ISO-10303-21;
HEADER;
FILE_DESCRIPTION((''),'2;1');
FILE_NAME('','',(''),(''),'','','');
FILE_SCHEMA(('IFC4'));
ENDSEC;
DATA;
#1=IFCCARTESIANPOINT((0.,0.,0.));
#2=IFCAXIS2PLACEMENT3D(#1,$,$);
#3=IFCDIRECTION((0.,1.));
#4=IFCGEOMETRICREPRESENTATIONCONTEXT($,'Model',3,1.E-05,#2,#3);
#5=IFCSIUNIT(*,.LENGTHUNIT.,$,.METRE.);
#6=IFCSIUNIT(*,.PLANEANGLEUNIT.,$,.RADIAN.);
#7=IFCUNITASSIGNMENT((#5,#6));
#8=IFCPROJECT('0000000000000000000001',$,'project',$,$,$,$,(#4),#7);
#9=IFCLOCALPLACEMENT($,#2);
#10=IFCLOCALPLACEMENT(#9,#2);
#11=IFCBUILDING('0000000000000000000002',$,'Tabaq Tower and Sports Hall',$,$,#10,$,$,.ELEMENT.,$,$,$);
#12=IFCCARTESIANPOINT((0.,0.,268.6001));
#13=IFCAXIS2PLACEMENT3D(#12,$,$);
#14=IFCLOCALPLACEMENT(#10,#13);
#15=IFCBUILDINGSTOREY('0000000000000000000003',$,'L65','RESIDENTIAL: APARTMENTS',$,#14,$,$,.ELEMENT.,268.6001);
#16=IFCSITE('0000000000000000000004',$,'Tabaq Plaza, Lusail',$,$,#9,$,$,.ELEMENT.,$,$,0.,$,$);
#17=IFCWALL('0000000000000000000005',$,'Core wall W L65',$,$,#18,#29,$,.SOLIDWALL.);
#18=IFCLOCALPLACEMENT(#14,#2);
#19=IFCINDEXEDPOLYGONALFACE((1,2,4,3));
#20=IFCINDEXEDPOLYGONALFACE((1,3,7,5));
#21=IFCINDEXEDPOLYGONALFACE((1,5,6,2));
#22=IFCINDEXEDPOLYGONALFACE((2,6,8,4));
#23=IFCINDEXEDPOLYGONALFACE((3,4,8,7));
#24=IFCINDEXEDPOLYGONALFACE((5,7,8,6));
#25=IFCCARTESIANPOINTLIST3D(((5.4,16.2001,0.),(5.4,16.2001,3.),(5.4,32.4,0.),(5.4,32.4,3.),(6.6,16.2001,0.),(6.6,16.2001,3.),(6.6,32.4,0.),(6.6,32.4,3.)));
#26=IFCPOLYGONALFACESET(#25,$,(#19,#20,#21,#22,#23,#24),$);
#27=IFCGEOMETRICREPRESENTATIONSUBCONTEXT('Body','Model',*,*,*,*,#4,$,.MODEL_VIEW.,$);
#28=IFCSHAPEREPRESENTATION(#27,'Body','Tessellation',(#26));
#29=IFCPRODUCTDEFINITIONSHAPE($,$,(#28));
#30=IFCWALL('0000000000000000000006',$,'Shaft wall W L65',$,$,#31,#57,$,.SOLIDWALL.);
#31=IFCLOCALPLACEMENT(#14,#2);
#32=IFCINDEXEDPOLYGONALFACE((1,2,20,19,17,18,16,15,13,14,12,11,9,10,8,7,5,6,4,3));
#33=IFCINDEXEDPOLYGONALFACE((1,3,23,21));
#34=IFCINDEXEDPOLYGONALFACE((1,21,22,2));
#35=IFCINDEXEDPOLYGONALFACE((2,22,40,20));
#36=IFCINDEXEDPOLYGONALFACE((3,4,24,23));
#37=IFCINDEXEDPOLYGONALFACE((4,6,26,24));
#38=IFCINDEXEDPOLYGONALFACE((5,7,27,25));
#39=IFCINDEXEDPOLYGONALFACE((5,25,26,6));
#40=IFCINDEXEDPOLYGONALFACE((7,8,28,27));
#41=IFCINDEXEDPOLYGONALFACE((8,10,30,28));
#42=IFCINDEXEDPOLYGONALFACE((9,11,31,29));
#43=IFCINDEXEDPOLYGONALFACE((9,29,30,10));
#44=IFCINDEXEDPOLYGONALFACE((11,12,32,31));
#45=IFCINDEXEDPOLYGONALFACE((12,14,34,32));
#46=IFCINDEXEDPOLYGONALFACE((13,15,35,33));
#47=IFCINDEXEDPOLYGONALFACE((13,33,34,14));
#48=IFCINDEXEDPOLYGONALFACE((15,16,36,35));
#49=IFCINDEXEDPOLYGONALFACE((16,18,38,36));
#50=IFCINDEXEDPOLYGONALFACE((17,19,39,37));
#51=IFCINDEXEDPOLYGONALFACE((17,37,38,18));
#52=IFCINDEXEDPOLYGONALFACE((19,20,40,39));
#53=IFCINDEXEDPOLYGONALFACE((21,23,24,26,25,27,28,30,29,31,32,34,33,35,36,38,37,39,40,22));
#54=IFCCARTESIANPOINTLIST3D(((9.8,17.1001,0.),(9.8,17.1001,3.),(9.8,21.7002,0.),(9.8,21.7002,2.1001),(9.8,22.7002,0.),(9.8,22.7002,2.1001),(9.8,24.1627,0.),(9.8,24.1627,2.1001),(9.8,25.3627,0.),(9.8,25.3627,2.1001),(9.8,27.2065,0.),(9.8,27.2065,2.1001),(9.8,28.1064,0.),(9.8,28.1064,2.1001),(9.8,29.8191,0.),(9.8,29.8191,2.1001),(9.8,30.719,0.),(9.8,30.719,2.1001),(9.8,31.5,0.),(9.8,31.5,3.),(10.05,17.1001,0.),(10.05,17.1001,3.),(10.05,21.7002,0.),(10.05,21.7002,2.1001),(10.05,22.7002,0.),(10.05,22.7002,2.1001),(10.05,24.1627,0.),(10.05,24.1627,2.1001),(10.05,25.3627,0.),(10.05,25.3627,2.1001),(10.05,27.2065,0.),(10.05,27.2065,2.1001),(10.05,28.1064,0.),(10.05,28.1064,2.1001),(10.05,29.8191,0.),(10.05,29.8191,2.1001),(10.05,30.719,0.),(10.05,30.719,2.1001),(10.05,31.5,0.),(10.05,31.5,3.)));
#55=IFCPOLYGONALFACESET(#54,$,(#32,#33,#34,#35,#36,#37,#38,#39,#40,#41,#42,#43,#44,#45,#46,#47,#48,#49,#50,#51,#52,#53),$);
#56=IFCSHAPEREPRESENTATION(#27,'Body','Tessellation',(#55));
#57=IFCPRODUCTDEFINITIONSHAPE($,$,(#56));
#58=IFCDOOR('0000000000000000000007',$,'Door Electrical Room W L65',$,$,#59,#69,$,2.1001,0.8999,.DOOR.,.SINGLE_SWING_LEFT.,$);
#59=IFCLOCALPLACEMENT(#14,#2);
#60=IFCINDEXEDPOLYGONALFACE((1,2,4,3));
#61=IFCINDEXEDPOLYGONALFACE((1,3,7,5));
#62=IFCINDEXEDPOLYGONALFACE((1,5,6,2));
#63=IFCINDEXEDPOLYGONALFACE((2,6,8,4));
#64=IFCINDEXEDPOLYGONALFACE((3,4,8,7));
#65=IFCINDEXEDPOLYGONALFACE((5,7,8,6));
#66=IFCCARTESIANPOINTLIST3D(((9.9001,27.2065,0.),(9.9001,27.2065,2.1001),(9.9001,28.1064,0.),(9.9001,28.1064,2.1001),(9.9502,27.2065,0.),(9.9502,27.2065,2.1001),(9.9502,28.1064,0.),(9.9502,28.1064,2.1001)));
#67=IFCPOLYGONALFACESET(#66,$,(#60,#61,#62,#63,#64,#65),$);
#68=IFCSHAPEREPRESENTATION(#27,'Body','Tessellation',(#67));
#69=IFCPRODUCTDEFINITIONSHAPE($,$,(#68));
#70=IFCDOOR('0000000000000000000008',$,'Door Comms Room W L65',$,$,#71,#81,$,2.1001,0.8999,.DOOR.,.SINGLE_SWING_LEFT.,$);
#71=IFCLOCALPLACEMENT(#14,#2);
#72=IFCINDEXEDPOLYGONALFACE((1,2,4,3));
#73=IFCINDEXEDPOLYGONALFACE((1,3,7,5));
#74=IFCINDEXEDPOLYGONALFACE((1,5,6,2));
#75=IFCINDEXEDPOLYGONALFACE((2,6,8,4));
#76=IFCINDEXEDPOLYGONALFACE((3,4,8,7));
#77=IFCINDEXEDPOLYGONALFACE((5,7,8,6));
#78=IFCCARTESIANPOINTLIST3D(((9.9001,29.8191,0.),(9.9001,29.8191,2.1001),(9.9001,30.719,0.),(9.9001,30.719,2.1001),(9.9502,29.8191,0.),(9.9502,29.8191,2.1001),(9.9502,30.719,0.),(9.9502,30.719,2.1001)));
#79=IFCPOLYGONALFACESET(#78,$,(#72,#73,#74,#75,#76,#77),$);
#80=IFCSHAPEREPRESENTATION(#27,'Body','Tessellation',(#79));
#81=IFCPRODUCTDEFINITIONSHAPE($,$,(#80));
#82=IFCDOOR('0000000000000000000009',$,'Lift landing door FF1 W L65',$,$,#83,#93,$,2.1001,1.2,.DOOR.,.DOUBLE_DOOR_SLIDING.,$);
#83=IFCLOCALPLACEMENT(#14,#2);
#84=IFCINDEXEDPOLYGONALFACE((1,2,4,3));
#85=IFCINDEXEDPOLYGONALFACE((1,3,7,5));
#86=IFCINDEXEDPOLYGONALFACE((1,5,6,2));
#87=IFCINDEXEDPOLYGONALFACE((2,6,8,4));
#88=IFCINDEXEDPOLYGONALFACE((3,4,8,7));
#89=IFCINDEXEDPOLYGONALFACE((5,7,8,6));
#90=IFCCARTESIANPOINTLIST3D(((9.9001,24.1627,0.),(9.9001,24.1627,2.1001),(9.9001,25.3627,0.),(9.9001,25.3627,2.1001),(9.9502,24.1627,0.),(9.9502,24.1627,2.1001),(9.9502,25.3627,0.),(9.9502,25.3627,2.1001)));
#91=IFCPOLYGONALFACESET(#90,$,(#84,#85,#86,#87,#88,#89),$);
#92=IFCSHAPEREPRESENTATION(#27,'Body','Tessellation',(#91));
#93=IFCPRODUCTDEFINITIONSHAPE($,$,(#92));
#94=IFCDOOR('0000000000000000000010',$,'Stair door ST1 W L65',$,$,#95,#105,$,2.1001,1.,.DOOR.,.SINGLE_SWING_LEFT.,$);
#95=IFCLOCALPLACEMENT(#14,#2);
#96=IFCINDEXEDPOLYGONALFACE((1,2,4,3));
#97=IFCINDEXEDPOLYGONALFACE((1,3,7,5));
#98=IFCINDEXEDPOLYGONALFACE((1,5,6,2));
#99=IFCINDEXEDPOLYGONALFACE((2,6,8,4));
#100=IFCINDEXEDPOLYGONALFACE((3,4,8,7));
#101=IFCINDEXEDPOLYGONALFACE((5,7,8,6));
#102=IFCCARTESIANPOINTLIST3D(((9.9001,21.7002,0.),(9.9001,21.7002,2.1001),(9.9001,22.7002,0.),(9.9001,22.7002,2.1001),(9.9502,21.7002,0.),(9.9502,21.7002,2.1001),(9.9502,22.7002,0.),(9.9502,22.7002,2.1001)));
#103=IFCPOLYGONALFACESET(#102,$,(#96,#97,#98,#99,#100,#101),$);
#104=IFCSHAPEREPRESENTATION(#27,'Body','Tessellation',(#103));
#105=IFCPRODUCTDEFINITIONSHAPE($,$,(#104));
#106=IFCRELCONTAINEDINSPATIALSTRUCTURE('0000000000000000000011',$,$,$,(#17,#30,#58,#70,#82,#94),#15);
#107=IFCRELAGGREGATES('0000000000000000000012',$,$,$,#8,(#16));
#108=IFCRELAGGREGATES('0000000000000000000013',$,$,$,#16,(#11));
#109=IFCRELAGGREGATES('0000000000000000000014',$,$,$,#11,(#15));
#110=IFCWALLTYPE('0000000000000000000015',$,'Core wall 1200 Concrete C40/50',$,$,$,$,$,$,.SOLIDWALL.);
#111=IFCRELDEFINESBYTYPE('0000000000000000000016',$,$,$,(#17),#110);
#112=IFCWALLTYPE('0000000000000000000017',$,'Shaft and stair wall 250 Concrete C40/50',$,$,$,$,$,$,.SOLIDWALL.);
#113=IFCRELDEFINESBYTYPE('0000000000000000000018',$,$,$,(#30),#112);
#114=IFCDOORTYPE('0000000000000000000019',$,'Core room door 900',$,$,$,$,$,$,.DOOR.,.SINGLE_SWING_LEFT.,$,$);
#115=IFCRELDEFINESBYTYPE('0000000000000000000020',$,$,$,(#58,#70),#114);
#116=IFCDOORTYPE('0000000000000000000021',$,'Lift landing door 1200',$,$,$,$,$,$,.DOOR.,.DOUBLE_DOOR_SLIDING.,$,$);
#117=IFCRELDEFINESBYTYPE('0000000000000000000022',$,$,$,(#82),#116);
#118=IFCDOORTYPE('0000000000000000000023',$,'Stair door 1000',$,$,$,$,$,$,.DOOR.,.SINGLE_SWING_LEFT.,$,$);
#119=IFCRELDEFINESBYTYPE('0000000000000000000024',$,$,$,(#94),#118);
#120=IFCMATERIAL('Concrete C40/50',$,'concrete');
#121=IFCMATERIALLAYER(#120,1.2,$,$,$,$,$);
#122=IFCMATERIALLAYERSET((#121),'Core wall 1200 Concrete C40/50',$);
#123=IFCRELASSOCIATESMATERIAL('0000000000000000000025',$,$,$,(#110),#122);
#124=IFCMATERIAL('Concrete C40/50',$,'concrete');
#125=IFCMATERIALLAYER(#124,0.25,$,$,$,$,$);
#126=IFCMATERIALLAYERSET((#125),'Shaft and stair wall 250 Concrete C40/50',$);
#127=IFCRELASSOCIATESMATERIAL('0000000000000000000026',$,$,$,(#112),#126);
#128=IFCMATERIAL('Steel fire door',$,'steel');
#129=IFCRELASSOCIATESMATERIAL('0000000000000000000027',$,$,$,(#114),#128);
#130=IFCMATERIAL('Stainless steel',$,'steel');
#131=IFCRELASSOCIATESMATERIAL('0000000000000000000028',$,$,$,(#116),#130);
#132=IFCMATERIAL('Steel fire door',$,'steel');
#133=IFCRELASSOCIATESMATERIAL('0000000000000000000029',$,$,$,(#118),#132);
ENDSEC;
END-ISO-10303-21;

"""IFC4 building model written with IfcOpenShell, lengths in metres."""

from ifc_helpers import new_model, si_unit, direction, frame, frame_2d, origin, place, context, subcontext, project, spatial, rectangle, extrude, material, layer, layer_set, type_object, element, fill, save


model = new_model("IFC4")

# Units and contexts
model_context = context("Model", 3, precision=1e-05, world=origin(), true_north=direction((0.0, 1.0)))
body_context = subcontext(model_context, "Body", "Model", "MODEL_VIEW")
ifc_project = project(units=[si_unit("LENGTHUNIT", "METRE"), si_unit("PLANEANGLEUNIT", "RADIAN")], contexts=[model_context])

# Site, building, storey
site_placement = place(None, origin())
site = spatial("IfcSite", under=ifc_project, at=site_placement, Name="Tabaq Plaza, Lusail", CompositionType="ELEMENT", RefElevation=0.0)
building_placement = place(site_placement, origin())
building = spatial("IfcBuilding", under=site, at=building_placement, Name="Tabaq Tower and Sports Hall", CompositionType="ELEMENT")
storey_placement = place(building_placement, frame((0.0, 0.0, 268.6001)))
storey = spatial("IfcBuildingStorey", under=building, at=storey_placement, Name="L65", Description="RESIDENTIAL: APARTMENTS", CompositionType="ELEMENT", Elevation=268.6001)

# Wall
ifc_material_1 = material(Name="Concrete C40/50", Category="concrete")
ifc_layer_1 = layer(ifc_material_1, 1.2)
ifc_layer_set_1 = layer_set([ifc_layer_1], Name="Core wall 1200 Concrete C40/50")
wall_type_1 = type_object("IfcWallType", Name="Core wall 1200 Concrete C40/50", PredefinedType="SOLIDWALL", material=ifc_layer_set_1)
wall_1_placement = place(storey_placement, frame((6.0, 16.2, 0.0), z_axis=(0.0, 0.0, 1.0), x_axis=(0.0, 1.0, 0.0)))
element("IfcWall", 1, at=wall_1_placement, inside=storey, type_object=wall_type_1, Name="Core wall W L65", PredefinedType="SOLIDWALL", context=body_context, shape_type="SweptSolid", body=[
    extrude(rectangle(XDim=16.2, YDim=1.2, at=frame_2d((8.1001, 0.0))), origin(), (0.0, 0.0, 1.0), 3.0),
])

# Wall, openings, doors
ifc_material_2 = material(Name="Concrete C40/50", Category="concrete")
ifc_layer_2 = layer(ifc_material_2, 0.25)
ifc_layer_set_2 = layer_set([ifc_layer_2], Name="Shaft and stair wall 250 Concrete C40/50")
wall_type_2 = type_object("IfcWallType", Name="Shaft and stair wall 250 Concrete C40/50", PredefinedType="SOLIDWALL", material=ifc_layer_set_2)
wall_2_placement = place(storey_placement, frame((9.925, 17.1001, 0.0), z_axis=(0.0, 0.0, 1.0), x_axis=(0.0, 1.0, 0.0)))
wall_2 = element("IfcWall", 2, at=wall_2_placement, inside=storey, type_object=wall_type_2, Name="Shaft wall W L65", PredefinedType="SOLIDWALL", context=body_context, shape_type="SweptSolid", body=[
    extrude(rectangle(XDim=14.3999, YDim=0.25, at=frame_2d((7.2, 0.0))), origin(), (0.0, 0.0, 1.0), 3.0),
])
opening_1_placement = place(wall_2_placement, frame((4.6001, 0.0, 0.0)))
opening_1 = element("IfcOpeningElement", 3, at=opening_1_placement, cuts=wall_2, PredefinedType="OPENING", context=body_context, shape_type="SweptSolid", body=[
    extrude(rectangle(XDim=1.0, YDim=2.1001, at=frame_2d((0.5, 1.05))), frame((0.0, 0.125, 0.0), z_axis=(0.0, -1.0, 0.0), x_axis=(1.0, 0.0, 0.0)), (0.0, 0.0, 1.0), 0.25),
])
opening_2_placement = place(wall_2_placement, frame((7.0625, 0.0, 0.0)))
opening_2 = element("IfcOpeningElement", 4, at=opening_2_placement, cuts=wall_2, PredefinedType="OPENING", context=body_context, shape_type="SweptSolid", body=[
    extrude(rectangle(XDim=1.2, YDim=2.1001, at=frame_2d((0.6001, 1.05))), frame((0.0, 0.125, 0.0), z_axis=(0.0, -1.0, 0.0), x_axis=(1.0, 0.0, 0.0)), (0.0, 0.0, 1.0), 0.25),
])
opening_3_placement = place(wall_2_placement, frame((10.1064, 0.0, 0.0)))
opening_3 = element("IfcOpeningElement", 5, at=opening_3_placement, cuts=wall_2, PredefinedType="OPENING", context=body_context, shape_type="SweptSolid", body=[
    extrude(rectangle(XDim=0.8999, YDim=2.1001, at=frame_2d((0.45, 1.05))), frame((0.0, 0.125, 0.0), z_axis=(0.0, -1.0, 0.0), x_axis=(1.0, 0.0, 0.0)), (0.0, 0.0, 1.0), 0.25),
])
opening_4_placement = place(wall_2_placement, frame((12.719, 0.0, 0.0)))
opening_4 = element("IfcOpeningElement", 6, at=opening_4_placement, cuts=wall_2, PredefinedType="OPENING", context=body_context, shape_type="SweptSolid", body=[
    extrude(rectangle(XDim=0.8999, YDim=2.1001, at=frame_2d((0.45, 1.05))), frame((0.0, 0.125, 0.0), z_axis=(0.0, -1.0, 0.0), x_axis=(1.0, 0.0, 0.0)), (0.0, 0.0, 1.0), 0.25),
])
ifc_material_3 = material(Name="Steel fire door", Category="steel")
door_type_1 = type_object("IfcDoorType", Name="Core room door 900", OperationType="SINGLE_SWING_LEFT", PredefinedType="DOOR", material=ifc_material_3)
door_1_placement = place(opening_3_placement, origin())
door_1 = element("IfcDoor", 7, at=door_1_placement, inside=storey, type_object=door_type_1, Name="Door Electrical Room W L65", OperationType="SINGLE_SWING_LEFT", OverallHeight=2.1001, OverallWidth=0.8999, PredefinedType="DOOR", context=body_context, shape_type="SweptSolid", body=[
    extrude(rectangle(XDim=0.8999, YDim=2.1001, at=frame_2d((0.45, 1.05))), frame((0.0, 0.0249, 0.0), z_axis=(0.0, -1.0, 0.0), x_axis=(1.0, 0.0, 0.0)), (0.0, 0.0, 1.0), 0.05),
])
fill(opening_3, door_1)
door_2_placement = place(opening_4_placement, origin())
door_2 = element("IfcDoor", 8, at=door_2_placement, inside=storey, type_object=door_type_1, Name="Door Comms Room W L65", OperationType="SINGLE_SWING_LEFT", OverallHeight=2.1001, OverallWidth=0.8999, PredefinedType="DOOR", context=body_context, shape_type="SweptSolid", body=[
    extrude(rectangle(XDim=0.8999, YDim=2.1001, at=frame_2d((0.45, 1.05))), frame((0.0, 0.0249, 0.0), z_axis=(0.0, -1.0, 0.0), x_axis=(1.0, 0.0, 0.0)), (0.0, 0.0, 1.0), 0.05),
])
fill(opening_4, door_2)
ifc_material_4 = material(Name="Stainless steel", Category="steel")
door_type_2 = type_object("IfcDoorType", Name="Lift landing door 1200", OperationType="DOUBLE_DOOR_SLIDING", PredefinedType="DOOR", material=ifc_material_4)
door_3_placement = place(opening_2_placement, origin())
door_3 = element("IfcDoor", 9, at=door_3_placement, inside=storey, type_object=door_type_2, Name="Lift landing door FF1 W L65", OperationType="DOUBLE_DOOR_SLIDING", OverallHeight=2.1001, OverallWidth=1.2, PredefinedType="DOOR", context=body_context, shape_type="SweptSolid", body=[
    extrude(rectangle(XDim=1.2, YDim=2.1001, at=frame_2d((0.6001, 1.05))), frame((0.0, 0.0249, 0.0), z_axis=(0.0, -1.0, 0.0), x_axis=(1.0, 0.0, 0.0)), (0.0, 0.0, 1.0), 0.05),
])
fill(opening_2, door_3)
ifc_material_5 = material(Name="Steel fire door", Category="steel")
door_type_3 = type_object("IfcDoorType", Name="Stair door 1000", OperationType="SINGLE_SWING_LEFT", PredefinedType="DOOR", material=ifc_material_5)
door_4_placement = place(opening_1_placement, origin())
door_4 = element("IfcDoor", 10, at=door_4_placement, inside=storey, type_object=door_type_3, Name="Stair door ST1 W L65", OperationType="SINGLE_SWING_LEFT", OverallHeight=2.1001, OverallWidth=1.0, PredefinedType="DOOR", context=body_context, shape_type="SweptSolid", body=[
    extrude(rectangle(XDim=1.0, YDim=2.1001, at=frame_2d((0.5, 1.05))), frame((0.0, 0.0249, 0.0), z_axis=(0.0, -1.0, 0.0), x_axis=(1.0, 0.0, 0.0)), (0.0, 0.0, 1.0), 0.05),
])
fill(opening_1, door_4)

save(model, "model.ifc")
